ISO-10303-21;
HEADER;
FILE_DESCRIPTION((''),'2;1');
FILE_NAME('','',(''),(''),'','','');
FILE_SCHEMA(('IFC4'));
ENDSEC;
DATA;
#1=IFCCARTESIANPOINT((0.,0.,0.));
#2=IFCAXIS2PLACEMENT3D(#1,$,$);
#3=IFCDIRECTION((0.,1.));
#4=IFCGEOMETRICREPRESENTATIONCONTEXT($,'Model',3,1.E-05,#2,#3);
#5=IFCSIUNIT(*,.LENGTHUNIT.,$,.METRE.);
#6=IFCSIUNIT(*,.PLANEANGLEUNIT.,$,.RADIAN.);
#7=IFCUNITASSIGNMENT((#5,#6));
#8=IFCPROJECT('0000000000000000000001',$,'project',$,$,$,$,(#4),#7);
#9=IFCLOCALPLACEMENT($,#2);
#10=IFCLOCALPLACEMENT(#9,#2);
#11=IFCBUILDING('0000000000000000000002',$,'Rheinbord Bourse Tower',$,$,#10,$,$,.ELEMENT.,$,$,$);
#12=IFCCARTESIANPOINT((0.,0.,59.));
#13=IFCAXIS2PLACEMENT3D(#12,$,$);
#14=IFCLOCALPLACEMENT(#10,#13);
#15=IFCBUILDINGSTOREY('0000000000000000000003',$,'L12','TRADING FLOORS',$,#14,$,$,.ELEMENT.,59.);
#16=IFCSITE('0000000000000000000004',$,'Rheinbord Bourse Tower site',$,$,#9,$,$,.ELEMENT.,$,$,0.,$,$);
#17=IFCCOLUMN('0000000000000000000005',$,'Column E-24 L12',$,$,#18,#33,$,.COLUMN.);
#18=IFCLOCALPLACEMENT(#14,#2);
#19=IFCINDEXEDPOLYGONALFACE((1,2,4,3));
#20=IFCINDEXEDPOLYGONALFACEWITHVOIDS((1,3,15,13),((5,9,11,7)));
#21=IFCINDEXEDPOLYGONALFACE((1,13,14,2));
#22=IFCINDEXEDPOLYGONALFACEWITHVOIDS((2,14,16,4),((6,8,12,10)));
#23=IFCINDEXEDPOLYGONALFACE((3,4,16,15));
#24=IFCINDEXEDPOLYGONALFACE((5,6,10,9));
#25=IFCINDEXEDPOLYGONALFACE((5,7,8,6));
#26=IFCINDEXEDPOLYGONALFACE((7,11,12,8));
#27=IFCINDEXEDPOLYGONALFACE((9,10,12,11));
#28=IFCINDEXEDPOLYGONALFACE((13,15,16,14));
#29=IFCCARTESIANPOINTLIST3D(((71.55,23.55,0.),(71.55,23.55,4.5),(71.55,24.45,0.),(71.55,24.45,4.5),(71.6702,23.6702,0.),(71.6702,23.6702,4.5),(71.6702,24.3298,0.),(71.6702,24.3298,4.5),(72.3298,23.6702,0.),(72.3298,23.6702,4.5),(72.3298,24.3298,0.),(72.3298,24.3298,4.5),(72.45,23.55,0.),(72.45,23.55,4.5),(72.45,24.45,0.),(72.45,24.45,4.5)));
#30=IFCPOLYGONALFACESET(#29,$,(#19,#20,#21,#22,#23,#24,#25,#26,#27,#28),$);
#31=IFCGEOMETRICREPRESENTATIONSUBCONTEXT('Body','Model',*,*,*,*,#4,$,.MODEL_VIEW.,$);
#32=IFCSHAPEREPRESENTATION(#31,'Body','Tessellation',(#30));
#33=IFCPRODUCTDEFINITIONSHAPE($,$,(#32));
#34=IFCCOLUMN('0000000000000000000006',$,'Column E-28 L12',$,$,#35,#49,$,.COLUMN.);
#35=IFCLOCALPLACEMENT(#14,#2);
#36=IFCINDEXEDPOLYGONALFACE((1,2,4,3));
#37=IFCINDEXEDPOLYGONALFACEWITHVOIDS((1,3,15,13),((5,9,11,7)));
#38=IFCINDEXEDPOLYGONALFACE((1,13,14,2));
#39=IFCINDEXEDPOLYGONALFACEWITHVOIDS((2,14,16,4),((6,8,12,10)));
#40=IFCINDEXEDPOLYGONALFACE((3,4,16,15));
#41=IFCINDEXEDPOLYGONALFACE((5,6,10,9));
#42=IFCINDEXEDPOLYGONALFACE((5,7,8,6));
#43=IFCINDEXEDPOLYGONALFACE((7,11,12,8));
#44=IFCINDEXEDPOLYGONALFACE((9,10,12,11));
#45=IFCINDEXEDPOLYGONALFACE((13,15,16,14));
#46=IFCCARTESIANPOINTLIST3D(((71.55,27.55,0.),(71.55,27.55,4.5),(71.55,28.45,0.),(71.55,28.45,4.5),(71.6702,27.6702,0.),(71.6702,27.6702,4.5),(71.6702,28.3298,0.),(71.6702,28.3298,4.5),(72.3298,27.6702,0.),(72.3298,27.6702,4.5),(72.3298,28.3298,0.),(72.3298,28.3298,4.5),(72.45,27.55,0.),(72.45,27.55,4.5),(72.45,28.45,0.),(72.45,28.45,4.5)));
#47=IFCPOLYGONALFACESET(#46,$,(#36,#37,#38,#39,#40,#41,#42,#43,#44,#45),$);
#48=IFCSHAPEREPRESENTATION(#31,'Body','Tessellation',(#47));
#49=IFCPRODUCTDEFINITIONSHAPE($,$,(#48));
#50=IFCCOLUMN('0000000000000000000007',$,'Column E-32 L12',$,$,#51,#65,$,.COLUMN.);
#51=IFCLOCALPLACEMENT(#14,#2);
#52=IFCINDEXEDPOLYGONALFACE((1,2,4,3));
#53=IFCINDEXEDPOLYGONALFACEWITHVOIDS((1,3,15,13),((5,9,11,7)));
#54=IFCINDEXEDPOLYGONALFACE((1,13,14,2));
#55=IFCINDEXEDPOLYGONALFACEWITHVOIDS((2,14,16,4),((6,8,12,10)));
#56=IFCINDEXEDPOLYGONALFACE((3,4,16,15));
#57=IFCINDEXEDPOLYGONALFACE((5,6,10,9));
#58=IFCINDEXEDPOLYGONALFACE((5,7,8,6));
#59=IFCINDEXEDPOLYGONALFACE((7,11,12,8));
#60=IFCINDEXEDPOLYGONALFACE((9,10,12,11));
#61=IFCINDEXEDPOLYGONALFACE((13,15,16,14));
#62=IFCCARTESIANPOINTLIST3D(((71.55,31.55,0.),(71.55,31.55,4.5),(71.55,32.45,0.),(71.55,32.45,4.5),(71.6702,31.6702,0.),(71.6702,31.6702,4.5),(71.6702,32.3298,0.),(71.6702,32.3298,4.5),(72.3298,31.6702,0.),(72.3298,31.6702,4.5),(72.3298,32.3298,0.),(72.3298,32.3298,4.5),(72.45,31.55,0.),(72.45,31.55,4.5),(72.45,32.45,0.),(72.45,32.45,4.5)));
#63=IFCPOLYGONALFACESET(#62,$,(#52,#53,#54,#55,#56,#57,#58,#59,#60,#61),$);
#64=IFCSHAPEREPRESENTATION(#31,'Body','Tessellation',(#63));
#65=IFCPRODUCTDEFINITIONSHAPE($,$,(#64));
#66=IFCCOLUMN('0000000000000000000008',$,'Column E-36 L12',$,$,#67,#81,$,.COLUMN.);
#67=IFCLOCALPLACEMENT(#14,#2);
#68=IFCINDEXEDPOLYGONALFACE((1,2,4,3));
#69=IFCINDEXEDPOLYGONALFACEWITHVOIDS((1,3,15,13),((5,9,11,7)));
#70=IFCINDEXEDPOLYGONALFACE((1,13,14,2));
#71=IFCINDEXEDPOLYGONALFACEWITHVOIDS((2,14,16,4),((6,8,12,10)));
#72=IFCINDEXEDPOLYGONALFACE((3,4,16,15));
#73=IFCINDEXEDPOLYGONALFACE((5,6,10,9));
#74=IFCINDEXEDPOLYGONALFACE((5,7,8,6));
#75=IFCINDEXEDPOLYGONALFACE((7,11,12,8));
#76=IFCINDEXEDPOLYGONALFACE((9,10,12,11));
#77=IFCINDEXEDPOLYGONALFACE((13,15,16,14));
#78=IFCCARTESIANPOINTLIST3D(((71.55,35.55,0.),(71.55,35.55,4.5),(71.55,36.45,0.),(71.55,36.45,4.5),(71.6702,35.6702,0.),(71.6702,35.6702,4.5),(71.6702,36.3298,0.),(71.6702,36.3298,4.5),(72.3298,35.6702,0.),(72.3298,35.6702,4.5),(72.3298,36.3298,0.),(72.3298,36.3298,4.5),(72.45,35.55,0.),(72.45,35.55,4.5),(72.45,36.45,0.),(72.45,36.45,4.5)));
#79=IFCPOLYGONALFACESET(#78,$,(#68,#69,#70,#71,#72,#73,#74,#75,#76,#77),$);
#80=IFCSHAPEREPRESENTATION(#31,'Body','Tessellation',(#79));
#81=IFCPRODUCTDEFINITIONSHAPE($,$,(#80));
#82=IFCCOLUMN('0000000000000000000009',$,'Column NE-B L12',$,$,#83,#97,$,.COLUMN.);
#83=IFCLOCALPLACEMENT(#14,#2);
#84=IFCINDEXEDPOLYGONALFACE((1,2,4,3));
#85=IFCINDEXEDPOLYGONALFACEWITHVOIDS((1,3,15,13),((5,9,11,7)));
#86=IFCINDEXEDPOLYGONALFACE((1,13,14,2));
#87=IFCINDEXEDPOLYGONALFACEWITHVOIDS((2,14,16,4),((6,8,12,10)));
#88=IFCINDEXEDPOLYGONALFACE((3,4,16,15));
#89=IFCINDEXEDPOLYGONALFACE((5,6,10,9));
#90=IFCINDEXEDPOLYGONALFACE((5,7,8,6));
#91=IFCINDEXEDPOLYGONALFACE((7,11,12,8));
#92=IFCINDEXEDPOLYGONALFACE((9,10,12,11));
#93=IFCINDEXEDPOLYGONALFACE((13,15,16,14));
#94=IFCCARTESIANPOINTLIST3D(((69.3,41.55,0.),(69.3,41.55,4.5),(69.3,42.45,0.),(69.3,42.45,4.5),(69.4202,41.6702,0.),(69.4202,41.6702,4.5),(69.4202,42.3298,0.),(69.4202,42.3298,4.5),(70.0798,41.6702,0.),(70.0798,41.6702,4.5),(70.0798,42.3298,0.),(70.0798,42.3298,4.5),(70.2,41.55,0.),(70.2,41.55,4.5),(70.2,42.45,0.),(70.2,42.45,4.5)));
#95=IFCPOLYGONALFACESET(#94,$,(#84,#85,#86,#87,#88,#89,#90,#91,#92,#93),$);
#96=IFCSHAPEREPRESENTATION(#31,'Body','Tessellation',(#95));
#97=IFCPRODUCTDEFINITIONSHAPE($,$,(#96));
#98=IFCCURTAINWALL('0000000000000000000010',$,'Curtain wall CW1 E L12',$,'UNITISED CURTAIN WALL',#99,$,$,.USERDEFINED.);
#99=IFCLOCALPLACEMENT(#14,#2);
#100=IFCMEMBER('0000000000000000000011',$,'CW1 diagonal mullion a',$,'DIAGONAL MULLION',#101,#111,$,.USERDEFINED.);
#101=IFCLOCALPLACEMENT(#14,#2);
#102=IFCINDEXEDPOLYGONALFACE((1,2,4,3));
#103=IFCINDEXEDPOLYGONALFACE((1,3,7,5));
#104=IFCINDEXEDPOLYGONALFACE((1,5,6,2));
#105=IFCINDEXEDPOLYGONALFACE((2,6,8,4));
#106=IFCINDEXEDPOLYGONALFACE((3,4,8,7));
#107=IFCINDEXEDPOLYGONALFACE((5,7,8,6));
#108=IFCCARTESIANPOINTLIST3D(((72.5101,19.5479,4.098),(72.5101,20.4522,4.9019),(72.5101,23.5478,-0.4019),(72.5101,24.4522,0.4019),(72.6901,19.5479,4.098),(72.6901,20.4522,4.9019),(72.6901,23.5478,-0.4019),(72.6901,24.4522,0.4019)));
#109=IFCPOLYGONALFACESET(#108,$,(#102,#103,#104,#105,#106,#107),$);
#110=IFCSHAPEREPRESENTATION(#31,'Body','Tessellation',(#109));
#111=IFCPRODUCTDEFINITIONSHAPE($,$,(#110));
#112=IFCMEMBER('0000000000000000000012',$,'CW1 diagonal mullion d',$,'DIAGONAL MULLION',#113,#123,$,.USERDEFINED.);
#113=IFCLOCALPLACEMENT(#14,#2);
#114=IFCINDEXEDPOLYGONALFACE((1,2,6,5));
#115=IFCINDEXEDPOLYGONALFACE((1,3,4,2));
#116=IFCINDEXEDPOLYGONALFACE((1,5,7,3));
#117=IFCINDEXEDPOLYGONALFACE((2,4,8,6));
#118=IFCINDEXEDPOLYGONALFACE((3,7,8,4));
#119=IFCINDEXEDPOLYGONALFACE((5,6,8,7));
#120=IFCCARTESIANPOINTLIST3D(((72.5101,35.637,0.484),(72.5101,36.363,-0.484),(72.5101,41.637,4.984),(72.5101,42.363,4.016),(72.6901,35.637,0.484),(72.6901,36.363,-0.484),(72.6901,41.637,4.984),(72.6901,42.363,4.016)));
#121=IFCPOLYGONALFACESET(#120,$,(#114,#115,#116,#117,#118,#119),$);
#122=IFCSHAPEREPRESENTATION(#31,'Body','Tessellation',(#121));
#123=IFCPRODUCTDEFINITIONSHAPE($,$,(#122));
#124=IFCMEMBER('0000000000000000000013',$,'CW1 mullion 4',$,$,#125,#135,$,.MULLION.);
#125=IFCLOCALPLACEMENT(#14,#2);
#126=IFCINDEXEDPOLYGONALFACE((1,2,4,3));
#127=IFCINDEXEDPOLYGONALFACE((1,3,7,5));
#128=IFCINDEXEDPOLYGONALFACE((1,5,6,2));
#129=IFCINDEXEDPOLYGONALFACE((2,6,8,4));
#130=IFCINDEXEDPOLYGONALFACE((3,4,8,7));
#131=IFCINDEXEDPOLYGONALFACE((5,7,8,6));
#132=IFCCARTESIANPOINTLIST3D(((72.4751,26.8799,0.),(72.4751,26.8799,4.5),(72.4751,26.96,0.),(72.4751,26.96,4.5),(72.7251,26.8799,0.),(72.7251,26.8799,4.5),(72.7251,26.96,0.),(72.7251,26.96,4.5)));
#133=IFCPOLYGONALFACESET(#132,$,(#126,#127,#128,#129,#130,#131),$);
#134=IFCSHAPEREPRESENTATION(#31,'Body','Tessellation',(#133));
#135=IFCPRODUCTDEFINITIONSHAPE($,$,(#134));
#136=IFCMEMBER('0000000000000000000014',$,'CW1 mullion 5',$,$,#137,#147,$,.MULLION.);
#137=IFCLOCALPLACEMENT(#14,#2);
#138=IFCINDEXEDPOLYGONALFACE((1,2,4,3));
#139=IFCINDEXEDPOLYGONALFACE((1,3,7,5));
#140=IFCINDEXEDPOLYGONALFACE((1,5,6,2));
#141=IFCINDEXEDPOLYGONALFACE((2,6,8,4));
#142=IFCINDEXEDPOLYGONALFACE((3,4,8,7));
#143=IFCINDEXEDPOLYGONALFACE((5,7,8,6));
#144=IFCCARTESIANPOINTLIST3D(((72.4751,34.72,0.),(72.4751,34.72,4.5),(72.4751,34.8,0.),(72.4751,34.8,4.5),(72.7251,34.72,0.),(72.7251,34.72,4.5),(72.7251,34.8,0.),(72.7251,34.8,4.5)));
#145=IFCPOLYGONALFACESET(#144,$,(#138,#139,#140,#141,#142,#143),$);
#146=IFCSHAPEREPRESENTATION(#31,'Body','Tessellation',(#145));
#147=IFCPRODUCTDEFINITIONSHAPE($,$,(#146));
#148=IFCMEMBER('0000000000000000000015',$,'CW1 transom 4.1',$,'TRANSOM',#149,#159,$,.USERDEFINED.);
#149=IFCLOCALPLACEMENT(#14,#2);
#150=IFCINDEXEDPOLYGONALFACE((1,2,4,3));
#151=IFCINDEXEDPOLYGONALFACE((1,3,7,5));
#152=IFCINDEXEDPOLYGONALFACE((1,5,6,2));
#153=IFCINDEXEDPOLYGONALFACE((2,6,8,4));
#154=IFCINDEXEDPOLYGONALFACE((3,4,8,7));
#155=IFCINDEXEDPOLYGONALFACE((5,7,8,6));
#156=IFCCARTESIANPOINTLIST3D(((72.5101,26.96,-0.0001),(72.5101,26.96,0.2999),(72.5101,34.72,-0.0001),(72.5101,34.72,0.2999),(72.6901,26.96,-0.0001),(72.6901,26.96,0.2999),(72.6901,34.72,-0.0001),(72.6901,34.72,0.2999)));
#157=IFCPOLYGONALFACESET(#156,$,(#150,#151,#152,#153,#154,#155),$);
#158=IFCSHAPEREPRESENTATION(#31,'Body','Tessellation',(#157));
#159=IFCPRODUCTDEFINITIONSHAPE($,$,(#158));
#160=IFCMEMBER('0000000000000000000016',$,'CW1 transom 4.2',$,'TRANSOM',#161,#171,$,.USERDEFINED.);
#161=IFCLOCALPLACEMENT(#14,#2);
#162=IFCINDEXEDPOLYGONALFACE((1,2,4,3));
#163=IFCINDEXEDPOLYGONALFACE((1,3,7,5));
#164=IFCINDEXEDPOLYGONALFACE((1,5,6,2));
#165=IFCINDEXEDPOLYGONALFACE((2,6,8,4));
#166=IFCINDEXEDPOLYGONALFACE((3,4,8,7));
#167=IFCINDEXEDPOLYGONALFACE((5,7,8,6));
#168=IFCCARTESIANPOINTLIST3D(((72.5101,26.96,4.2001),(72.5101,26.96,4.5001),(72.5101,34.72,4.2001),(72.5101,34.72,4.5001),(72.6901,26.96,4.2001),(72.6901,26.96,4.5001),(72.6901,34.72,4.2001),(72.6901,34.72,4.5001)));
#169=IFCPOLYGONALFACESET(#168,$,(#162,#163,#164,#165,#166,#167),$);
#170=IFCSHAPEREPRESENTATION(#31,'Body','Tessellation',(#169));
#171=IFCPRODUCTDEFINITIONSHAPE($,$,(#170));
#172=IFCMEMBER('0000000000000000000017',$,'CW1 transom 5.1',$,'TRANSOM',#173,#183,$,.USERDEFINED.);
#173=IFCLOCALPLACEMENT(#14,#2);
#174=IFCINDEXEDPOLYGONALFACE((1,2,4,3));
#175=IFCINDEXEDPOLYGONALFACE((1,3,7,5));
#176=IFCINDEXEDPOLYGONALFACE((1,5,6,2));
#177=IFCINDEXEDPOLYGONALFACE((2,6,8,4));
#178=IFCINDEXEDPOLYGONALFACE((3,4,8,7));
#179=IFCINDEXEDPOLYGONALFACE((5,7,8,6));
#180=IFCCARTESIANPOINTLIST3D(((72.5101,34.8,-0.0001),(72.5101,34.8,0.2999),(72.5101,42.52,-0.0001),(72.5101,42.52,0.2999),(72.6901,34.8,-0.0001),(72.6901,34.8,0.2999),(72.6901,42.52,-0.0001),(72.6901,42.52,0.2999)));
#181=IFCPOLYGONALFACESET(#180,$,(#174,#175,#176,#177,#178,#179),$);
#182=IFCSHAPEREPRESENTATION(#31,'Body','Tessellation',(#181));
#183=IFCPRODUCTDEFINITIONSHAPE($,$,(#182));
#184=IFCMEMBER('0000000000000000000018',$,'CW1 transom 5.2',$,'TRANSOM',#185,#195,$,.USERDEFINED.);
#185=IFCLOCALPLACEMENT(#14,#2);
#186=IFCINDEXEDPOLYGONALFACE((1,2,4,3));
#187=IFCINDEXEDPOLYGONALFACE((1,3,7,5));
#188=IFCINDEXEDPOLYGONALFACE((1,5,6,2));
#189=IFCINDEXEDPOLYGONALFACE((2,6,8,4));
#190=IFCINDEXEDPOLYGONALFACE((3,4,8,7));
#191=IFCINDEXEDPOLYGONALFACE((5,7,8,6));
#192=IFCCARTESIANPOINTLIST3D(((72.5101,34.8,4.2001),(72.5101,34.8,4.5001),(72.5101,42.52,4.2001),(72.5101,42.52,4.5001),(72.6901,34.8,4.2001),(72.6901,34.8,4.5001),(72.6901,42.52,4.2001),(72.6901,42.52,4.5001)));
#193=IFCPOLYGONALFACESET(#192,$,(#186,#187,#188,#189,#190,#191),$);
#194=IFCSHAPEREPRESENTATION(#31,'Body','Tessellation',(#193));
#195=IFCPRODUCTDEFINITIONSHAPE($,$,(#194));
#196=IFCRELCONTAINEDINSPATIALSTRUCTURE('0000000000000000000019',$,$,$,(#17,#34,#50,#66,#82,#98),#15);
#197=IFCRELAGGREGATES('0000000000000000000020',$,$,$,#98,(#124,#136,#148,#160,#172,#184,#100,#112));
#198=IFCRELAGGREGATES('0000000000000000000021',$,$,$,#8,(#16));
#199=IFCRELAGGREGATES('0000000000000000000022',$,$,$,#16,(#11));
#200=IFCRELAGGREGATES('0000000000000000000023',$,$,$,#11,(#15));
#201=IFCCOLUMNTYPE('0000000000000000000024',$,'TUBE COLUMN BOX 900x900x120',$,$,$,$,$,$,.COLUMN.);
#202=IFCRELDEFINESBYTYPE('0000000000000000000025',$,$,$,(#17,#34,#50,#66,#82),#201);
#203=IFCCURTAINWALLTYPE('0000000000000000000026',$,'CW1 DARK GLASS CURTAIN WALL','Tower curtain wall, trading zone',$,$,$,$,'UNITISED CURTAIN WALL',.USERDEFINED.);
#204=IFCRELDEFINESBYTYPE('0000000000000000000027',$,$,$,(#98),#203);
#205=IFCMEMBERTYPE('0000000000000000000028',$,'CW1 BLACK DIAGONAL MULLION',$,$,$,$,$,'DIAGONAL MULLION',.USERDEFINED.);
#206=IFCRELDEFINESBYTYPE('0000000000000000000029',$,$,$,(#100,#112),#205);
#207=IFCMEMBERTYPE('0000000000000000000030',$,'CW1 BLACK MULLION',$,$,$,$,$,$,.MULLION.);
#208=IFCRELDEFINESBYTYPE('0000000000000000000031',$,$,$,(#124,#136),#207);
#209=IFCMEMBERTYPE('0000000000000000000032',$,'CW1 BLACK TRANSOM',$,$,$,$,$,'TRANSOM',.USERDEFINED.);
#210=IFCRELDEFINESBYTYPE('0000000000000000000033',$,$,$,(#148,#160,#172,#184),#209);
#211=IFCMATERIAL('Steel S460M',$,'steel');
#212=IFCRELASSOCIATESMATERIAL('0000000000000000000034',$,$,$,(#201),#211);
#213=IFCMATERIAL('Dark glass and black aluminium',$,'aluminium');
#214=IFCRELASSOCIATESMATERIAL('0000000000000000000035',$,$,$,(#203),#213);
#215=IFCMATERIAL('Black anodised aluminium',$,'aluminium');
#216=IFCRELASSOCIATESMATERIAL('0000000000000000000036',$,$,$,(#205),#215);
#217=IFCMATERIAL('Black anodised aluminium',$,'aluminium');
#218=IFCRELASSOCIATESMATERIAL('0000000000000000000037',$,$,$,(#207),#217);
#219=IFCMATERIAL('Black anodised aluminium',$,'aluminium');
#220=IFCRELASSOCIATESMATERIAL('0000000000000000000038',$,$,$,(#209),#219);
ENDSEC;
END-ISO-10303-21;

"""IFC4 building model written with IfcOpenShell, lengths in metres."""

from ifc_helpers import new_model, si_unit, direction, frame, origin, origin_2d, place, context, subcontext, project, spatial, rectangle, hollow_rectangle, extrude, material, material_profile, profile_set, type_object, element, aggregate, save


model = new_model("IFC4")

# Units and contexts
model_context = context("Model", 3, precision=1e-05, world=origin(), true_north=direction((0.0, 1.0)))
body_context = subcontext(model_context, "Body", "Model", "MODEL_VIEW")
ifc_project = project(units=[si_unit("LENGTHUNIT", "METRE"), si_unit("PLANEANGLEUNIT", "RADIAN")], contexts=[model_context])

# Site, building, storey
site_placement = place(None, origin())
site = spatial("IfcSite", under=ifc_project, at=site_placement, Name="Rheinbord Bourse Tower site", CompositionType="ELEMENT", RefElevation=0.0)
building_placement = place(site_placement, origin())
building = spatial("IfcBuilding", under=site, at=building_placement, Name="Rheinbord Bourse Tower", CompositionType="ELEMENT")
storey_placement = place(building_placement, frame((0.0, 0.0, 59.0)))
storey = spatial("IfcBuildingStorey", under=building, at=storey_placement, Name="L12", Description="TRADING FLOORS", CompositionType="ELEMENT", Elevation=59.0)

# Columns
ifc_material_1 = material(Name="Steel S460M", Category="steel")
ifc_material_profile_1 = material_profile(ifc_material_1, hollow_rectangle(XDim=0.8999, YDim=0.8999, WallThickness=0.1201, at=origin_2d()), Name="BOX 900x900x120")
ifc_profile_set_1 = profile_set([ifc_material_profile_1], Name="Steel S460M")
column_type = type_object("IfcColumnType", Name="TUBE COLUMN BOX 900x900x120", PredefinedType="COLUMN", material=ifc_profile_set_1)
for number, where, z_axis, x_axis, name in (
    (1, (72.0, 24.0, 0.0), (0.0, 0.0, 1.0), (1.0, 0.0, 0.0), "Column E-24 L12"),
    (2, (72.0, 28.0, 0.0), (0.0, 0.0, 1.0), (1.0, 0.0, 0.0), "Column E-28 L12"),
    (3, (72.0, 32.0, 0.0), (0.0, 0.0, 1.0), (1.0, 0.0, 0.0), "Column E-32 L12"),
    (4, (72.0, 36.0, 0.0), (0.0, 0.0, 1.0), (1.0, 0.0, 0.0), "Column E-36 L12"),
    (5, (69.75, 42.0, 0.0), (0.0, 0.0, 1.0), (1.0, 0.0, 0.0), "Column NE-B L12"),
):
    element("IfcColumn", number, at=place(storey_placement, frame(where, z_axis=z_axis, x_axis=x_axis)), inside=storey, type_object=column_type, Name=name, PredefinedType="COLUMN", context=body_context, shape_type="SweptSolid", body=[
        extrude(hollow_rectangle(XDim=0.8999, YDim=0.8999, WallThickness=0.1201, at=origin_2d()), origin(), (0.0, 0.0, 1.0), 4.5),
    ])

# Curtain wall, members
ifc_material_2 = material(Name="Dark glass and black aluminium", Category="aluminium")
curtain_wall_type = type_object("IfcCurtainWallType", Name="CW1 DARK GLASS CURTAIN WALL", Description="Tower curtain wall, trading zone", ElementType="UNITISED CURTAIN WALL", PredefinedType="USERDEFINED", material=ifc_material_2)
curtain_wall_placement = place(storey_placement, origin())
curtain_wall = element("IfcCurtainWall", 6, at=curtain_wall_placement, inside=storey, type_object=curtain_wall_type, Name="Curtain wall CW1 E L12", ObjectType="UNITISED CURTAIN WALL", PredefinedType="USERDEFINED")
ifc_material_3 = material(Name="Black anodised aluminium", Category="aluminium")
ifc_material_profile_2 = material_profile(ifc_material_3, rectangle(XDim=0.1799, YDim=1.21, at=origin_2d()), Name="CW1 DIAGONAL MULLION 1210x180")
ifc_profile_set_2 = profile_set([ifc_material_profile_2], Name="Black anodised aluminium")
member_type_1 = type_object("IfcMemberType", Name="CW1 BLACK DIAGONAL MULLION", ElementType="DIAGONAL MULLION", PredefinedType="USERDEFINED", material=ifc_profile_set_2)
member_1_placement = place(storey_placement, frame((72.6001, 24.0, 0.0), z_axis=(0.0, -0.664364, 0.747409), x_axis=(1.0, 0.0, 0.0)))
member_1 = element("IfcMember", 7, at=member_1_placement, type_object=member_type_1, Name="CW1 diagonal mullion a", ObjectType="DIAGONAL MULLION", PredefinedType="USERDEFINED", context=body_context, shape_type="SweptSolid", body=[
    extrude(rectangle(XDim=0.1799, YDim=1.21, at=origin_2d()), origin(), (0.0, 0.0, 1.0), 6.0208),
])
member_2_placement = place(storey_placement, frame((72.6001, 36.0, 0.0), z_axis=(0.0, 0.8, 0.6), x_axis=(-1.0, 0.0, 0.0)))
member_2 = element("IfcMember", 8, at=member_2_placement, type_object=member_type_1, Name="CW1 diagonal mullion d", ObjectType="DIAGONAL MULLION", PredefinedType="USERDEFINED", context=body_context, shape_type="SweptSolid", body=[
    extrude(rectangle(XDim=0.1799, YDim=1.21, at=origin_2d()), origin(), (0.0, 0.0, 1.0), 7.5),
])
ifc_material_4 = material(Name="Black anodised aluminium", Category="aluminium")
ifc_material_profile_3 = material_profile(ifc_material_4, rectangle(XDim=0.25, YDim=0.0801, at=origin_2d()), Name="CW1 MULLION 80x250")
ifc_profile_set_3 = profile_set([ifc_material_profile_3], Name="Black anodised aluminium")
member_type_2 = type_object("IfcMemberType", Name="CW1 BLACK MULLION", PredefinedType="MULLION", material=ifc_profile_set_3)
member_3_placement = place(storey_placement, frame((72.6001, 26.9199, 0.0), z_axis=(0.0, 0.0, 1.0), x_axis=(-1.0, 0.0, 0.0)))
member_3 = element("IfcMember", 9, at=member_3_placement, type_object=member_type_2, Name="CW1 mullion 4", PredefinedType="MULLION", context=body_context, shape_type="SweptSolid", body=[
    extrude(rectangle(XDim=0.25, YDim=0.0801, at=origin_2d()), origin(), (0.0, 0.0, 1.0), 4.5),
])
member_4_placement = place(storey_placement, frame((72.6001, 34.76, 0.0), z_axis=(0.0, 0.0, 1.0), x_axis=(-1.0, 0.0, 0.0)))
member_4 = element("IfcMember", 10, at=member_4_placement, type_object=member_type_2, Name="CW1 mullion 5", PredefinedType="MULLION", context=body_context, shape_type="SweptSolid", body=[
    extrude(rectangle(XDim=0.25, YDim=0.0801, at=origin_2d()), origin(), (0.0, 0.0, 1.0), 4.5),
])
ifc_material_5 = material(Name="Black anodised aluminium", Category="aluminium")
ifc_material_profile_4 = material_profile(ifc_material_5, rectangle(XDim=0.1799, YDim=0.3, at=origin_2d()), Name="CW1 TRANSOM 300x180")
ifc_profile_set_4 = profile_set([ifc_material_profile_4], Name="Black anodised aluminium")
member_type_3 = type_object("IfcMemberType", Name="CW1 BLACK TRANSOM", ElementType="TRANSOM", PredefinedType="USERDEFINED", material=ifc_profile_set_4)
member_5_placement = place(storey_placement, frame((72.6001, 26.96, 0.1499), z_axis=(0.0, 1.0, 0.0), x_axis=(-1.0, 0.0, 0.0)))
member_5 = element("IfcMember", 11, at=member_5_placement, type_object=member_type_3, Name="CW1 transom 4.1", ObjectType="TRANSOM", PredefinedType="USERDEFINED", context=body_context, shape_type="SweptSolid", body=[
    extrude(rectangle(XDim=0.1799, YDim=0.3, at=origin_2d()), origin(), (0.0, 0.0, 1.0), 7.76),
])
member_6_placement = place(storey_placement, frame((72.6001, 26.96, 4.3501), z_axis=(0.0, 1.0, 0.0), x_axis=(-1.0, 0.0, 0.0)))
member_6 = element("IfcMember", 12, at=member_6_placement, type_object=member_type_3, Name="CW1 transom 4.2", ObjectType="TRANSOM", PredefinedType="USERDEFINED", context=body_context, shape_type="SweptSolid", body=[
    extrude(rectangle(XDim=0.1799, YDim=0.3, at=origin_2d()), origin(), (0.0, 0.0, 1.0), 7.76),
])
member_7_placement = place(storey_placement, frame((72.6001, 34.8, 0.1499), z_axis=(0.0, 1.0, 0.0), x_axis=(-1.0, 0.0, 0.0)))
member_7 = element("IfcMember", 13, at=member_7_placement, type_object=member_type_3, Name="CW1 transom 5.1", ObjectType="TRANSOM", PredefinedType="USERDEFINED", context=body_context, shape_type="SweptSolid", body=[
    extrude(rectangle(XDim=0.1799, YDim=0.3, at=origin_2d()), origin(), (0.0, 0.0, 1.0), 7.72),
])
member_8_placement = place(storey_placement, frame((72.6001, 34.8, 4.3501), z_axis=(0.0, 1.0, 0.0), x_axis=(-1.0, 0.0, 0.0)))
member_8 = element("IfcMember", 14, at=member_8_placement, type_object=member_type_3, Name="CW1 transom 5.2", ObjectType="TRANSOM", PredefinedType="USERDEFINED", context=body_context, shape_type="SweptSolid", body=[
    extrude(rectangle(XDim=0.1799, YDim=0.3, at=origin_2d()), origin(), (0.0, 0.0, 1.0), 7.72),
])

aggregate(curtain_wall, [member_3, member_4, member_5, member_6, member_7, member_8, member_1, member_2])

save(model, "model.ifc")
